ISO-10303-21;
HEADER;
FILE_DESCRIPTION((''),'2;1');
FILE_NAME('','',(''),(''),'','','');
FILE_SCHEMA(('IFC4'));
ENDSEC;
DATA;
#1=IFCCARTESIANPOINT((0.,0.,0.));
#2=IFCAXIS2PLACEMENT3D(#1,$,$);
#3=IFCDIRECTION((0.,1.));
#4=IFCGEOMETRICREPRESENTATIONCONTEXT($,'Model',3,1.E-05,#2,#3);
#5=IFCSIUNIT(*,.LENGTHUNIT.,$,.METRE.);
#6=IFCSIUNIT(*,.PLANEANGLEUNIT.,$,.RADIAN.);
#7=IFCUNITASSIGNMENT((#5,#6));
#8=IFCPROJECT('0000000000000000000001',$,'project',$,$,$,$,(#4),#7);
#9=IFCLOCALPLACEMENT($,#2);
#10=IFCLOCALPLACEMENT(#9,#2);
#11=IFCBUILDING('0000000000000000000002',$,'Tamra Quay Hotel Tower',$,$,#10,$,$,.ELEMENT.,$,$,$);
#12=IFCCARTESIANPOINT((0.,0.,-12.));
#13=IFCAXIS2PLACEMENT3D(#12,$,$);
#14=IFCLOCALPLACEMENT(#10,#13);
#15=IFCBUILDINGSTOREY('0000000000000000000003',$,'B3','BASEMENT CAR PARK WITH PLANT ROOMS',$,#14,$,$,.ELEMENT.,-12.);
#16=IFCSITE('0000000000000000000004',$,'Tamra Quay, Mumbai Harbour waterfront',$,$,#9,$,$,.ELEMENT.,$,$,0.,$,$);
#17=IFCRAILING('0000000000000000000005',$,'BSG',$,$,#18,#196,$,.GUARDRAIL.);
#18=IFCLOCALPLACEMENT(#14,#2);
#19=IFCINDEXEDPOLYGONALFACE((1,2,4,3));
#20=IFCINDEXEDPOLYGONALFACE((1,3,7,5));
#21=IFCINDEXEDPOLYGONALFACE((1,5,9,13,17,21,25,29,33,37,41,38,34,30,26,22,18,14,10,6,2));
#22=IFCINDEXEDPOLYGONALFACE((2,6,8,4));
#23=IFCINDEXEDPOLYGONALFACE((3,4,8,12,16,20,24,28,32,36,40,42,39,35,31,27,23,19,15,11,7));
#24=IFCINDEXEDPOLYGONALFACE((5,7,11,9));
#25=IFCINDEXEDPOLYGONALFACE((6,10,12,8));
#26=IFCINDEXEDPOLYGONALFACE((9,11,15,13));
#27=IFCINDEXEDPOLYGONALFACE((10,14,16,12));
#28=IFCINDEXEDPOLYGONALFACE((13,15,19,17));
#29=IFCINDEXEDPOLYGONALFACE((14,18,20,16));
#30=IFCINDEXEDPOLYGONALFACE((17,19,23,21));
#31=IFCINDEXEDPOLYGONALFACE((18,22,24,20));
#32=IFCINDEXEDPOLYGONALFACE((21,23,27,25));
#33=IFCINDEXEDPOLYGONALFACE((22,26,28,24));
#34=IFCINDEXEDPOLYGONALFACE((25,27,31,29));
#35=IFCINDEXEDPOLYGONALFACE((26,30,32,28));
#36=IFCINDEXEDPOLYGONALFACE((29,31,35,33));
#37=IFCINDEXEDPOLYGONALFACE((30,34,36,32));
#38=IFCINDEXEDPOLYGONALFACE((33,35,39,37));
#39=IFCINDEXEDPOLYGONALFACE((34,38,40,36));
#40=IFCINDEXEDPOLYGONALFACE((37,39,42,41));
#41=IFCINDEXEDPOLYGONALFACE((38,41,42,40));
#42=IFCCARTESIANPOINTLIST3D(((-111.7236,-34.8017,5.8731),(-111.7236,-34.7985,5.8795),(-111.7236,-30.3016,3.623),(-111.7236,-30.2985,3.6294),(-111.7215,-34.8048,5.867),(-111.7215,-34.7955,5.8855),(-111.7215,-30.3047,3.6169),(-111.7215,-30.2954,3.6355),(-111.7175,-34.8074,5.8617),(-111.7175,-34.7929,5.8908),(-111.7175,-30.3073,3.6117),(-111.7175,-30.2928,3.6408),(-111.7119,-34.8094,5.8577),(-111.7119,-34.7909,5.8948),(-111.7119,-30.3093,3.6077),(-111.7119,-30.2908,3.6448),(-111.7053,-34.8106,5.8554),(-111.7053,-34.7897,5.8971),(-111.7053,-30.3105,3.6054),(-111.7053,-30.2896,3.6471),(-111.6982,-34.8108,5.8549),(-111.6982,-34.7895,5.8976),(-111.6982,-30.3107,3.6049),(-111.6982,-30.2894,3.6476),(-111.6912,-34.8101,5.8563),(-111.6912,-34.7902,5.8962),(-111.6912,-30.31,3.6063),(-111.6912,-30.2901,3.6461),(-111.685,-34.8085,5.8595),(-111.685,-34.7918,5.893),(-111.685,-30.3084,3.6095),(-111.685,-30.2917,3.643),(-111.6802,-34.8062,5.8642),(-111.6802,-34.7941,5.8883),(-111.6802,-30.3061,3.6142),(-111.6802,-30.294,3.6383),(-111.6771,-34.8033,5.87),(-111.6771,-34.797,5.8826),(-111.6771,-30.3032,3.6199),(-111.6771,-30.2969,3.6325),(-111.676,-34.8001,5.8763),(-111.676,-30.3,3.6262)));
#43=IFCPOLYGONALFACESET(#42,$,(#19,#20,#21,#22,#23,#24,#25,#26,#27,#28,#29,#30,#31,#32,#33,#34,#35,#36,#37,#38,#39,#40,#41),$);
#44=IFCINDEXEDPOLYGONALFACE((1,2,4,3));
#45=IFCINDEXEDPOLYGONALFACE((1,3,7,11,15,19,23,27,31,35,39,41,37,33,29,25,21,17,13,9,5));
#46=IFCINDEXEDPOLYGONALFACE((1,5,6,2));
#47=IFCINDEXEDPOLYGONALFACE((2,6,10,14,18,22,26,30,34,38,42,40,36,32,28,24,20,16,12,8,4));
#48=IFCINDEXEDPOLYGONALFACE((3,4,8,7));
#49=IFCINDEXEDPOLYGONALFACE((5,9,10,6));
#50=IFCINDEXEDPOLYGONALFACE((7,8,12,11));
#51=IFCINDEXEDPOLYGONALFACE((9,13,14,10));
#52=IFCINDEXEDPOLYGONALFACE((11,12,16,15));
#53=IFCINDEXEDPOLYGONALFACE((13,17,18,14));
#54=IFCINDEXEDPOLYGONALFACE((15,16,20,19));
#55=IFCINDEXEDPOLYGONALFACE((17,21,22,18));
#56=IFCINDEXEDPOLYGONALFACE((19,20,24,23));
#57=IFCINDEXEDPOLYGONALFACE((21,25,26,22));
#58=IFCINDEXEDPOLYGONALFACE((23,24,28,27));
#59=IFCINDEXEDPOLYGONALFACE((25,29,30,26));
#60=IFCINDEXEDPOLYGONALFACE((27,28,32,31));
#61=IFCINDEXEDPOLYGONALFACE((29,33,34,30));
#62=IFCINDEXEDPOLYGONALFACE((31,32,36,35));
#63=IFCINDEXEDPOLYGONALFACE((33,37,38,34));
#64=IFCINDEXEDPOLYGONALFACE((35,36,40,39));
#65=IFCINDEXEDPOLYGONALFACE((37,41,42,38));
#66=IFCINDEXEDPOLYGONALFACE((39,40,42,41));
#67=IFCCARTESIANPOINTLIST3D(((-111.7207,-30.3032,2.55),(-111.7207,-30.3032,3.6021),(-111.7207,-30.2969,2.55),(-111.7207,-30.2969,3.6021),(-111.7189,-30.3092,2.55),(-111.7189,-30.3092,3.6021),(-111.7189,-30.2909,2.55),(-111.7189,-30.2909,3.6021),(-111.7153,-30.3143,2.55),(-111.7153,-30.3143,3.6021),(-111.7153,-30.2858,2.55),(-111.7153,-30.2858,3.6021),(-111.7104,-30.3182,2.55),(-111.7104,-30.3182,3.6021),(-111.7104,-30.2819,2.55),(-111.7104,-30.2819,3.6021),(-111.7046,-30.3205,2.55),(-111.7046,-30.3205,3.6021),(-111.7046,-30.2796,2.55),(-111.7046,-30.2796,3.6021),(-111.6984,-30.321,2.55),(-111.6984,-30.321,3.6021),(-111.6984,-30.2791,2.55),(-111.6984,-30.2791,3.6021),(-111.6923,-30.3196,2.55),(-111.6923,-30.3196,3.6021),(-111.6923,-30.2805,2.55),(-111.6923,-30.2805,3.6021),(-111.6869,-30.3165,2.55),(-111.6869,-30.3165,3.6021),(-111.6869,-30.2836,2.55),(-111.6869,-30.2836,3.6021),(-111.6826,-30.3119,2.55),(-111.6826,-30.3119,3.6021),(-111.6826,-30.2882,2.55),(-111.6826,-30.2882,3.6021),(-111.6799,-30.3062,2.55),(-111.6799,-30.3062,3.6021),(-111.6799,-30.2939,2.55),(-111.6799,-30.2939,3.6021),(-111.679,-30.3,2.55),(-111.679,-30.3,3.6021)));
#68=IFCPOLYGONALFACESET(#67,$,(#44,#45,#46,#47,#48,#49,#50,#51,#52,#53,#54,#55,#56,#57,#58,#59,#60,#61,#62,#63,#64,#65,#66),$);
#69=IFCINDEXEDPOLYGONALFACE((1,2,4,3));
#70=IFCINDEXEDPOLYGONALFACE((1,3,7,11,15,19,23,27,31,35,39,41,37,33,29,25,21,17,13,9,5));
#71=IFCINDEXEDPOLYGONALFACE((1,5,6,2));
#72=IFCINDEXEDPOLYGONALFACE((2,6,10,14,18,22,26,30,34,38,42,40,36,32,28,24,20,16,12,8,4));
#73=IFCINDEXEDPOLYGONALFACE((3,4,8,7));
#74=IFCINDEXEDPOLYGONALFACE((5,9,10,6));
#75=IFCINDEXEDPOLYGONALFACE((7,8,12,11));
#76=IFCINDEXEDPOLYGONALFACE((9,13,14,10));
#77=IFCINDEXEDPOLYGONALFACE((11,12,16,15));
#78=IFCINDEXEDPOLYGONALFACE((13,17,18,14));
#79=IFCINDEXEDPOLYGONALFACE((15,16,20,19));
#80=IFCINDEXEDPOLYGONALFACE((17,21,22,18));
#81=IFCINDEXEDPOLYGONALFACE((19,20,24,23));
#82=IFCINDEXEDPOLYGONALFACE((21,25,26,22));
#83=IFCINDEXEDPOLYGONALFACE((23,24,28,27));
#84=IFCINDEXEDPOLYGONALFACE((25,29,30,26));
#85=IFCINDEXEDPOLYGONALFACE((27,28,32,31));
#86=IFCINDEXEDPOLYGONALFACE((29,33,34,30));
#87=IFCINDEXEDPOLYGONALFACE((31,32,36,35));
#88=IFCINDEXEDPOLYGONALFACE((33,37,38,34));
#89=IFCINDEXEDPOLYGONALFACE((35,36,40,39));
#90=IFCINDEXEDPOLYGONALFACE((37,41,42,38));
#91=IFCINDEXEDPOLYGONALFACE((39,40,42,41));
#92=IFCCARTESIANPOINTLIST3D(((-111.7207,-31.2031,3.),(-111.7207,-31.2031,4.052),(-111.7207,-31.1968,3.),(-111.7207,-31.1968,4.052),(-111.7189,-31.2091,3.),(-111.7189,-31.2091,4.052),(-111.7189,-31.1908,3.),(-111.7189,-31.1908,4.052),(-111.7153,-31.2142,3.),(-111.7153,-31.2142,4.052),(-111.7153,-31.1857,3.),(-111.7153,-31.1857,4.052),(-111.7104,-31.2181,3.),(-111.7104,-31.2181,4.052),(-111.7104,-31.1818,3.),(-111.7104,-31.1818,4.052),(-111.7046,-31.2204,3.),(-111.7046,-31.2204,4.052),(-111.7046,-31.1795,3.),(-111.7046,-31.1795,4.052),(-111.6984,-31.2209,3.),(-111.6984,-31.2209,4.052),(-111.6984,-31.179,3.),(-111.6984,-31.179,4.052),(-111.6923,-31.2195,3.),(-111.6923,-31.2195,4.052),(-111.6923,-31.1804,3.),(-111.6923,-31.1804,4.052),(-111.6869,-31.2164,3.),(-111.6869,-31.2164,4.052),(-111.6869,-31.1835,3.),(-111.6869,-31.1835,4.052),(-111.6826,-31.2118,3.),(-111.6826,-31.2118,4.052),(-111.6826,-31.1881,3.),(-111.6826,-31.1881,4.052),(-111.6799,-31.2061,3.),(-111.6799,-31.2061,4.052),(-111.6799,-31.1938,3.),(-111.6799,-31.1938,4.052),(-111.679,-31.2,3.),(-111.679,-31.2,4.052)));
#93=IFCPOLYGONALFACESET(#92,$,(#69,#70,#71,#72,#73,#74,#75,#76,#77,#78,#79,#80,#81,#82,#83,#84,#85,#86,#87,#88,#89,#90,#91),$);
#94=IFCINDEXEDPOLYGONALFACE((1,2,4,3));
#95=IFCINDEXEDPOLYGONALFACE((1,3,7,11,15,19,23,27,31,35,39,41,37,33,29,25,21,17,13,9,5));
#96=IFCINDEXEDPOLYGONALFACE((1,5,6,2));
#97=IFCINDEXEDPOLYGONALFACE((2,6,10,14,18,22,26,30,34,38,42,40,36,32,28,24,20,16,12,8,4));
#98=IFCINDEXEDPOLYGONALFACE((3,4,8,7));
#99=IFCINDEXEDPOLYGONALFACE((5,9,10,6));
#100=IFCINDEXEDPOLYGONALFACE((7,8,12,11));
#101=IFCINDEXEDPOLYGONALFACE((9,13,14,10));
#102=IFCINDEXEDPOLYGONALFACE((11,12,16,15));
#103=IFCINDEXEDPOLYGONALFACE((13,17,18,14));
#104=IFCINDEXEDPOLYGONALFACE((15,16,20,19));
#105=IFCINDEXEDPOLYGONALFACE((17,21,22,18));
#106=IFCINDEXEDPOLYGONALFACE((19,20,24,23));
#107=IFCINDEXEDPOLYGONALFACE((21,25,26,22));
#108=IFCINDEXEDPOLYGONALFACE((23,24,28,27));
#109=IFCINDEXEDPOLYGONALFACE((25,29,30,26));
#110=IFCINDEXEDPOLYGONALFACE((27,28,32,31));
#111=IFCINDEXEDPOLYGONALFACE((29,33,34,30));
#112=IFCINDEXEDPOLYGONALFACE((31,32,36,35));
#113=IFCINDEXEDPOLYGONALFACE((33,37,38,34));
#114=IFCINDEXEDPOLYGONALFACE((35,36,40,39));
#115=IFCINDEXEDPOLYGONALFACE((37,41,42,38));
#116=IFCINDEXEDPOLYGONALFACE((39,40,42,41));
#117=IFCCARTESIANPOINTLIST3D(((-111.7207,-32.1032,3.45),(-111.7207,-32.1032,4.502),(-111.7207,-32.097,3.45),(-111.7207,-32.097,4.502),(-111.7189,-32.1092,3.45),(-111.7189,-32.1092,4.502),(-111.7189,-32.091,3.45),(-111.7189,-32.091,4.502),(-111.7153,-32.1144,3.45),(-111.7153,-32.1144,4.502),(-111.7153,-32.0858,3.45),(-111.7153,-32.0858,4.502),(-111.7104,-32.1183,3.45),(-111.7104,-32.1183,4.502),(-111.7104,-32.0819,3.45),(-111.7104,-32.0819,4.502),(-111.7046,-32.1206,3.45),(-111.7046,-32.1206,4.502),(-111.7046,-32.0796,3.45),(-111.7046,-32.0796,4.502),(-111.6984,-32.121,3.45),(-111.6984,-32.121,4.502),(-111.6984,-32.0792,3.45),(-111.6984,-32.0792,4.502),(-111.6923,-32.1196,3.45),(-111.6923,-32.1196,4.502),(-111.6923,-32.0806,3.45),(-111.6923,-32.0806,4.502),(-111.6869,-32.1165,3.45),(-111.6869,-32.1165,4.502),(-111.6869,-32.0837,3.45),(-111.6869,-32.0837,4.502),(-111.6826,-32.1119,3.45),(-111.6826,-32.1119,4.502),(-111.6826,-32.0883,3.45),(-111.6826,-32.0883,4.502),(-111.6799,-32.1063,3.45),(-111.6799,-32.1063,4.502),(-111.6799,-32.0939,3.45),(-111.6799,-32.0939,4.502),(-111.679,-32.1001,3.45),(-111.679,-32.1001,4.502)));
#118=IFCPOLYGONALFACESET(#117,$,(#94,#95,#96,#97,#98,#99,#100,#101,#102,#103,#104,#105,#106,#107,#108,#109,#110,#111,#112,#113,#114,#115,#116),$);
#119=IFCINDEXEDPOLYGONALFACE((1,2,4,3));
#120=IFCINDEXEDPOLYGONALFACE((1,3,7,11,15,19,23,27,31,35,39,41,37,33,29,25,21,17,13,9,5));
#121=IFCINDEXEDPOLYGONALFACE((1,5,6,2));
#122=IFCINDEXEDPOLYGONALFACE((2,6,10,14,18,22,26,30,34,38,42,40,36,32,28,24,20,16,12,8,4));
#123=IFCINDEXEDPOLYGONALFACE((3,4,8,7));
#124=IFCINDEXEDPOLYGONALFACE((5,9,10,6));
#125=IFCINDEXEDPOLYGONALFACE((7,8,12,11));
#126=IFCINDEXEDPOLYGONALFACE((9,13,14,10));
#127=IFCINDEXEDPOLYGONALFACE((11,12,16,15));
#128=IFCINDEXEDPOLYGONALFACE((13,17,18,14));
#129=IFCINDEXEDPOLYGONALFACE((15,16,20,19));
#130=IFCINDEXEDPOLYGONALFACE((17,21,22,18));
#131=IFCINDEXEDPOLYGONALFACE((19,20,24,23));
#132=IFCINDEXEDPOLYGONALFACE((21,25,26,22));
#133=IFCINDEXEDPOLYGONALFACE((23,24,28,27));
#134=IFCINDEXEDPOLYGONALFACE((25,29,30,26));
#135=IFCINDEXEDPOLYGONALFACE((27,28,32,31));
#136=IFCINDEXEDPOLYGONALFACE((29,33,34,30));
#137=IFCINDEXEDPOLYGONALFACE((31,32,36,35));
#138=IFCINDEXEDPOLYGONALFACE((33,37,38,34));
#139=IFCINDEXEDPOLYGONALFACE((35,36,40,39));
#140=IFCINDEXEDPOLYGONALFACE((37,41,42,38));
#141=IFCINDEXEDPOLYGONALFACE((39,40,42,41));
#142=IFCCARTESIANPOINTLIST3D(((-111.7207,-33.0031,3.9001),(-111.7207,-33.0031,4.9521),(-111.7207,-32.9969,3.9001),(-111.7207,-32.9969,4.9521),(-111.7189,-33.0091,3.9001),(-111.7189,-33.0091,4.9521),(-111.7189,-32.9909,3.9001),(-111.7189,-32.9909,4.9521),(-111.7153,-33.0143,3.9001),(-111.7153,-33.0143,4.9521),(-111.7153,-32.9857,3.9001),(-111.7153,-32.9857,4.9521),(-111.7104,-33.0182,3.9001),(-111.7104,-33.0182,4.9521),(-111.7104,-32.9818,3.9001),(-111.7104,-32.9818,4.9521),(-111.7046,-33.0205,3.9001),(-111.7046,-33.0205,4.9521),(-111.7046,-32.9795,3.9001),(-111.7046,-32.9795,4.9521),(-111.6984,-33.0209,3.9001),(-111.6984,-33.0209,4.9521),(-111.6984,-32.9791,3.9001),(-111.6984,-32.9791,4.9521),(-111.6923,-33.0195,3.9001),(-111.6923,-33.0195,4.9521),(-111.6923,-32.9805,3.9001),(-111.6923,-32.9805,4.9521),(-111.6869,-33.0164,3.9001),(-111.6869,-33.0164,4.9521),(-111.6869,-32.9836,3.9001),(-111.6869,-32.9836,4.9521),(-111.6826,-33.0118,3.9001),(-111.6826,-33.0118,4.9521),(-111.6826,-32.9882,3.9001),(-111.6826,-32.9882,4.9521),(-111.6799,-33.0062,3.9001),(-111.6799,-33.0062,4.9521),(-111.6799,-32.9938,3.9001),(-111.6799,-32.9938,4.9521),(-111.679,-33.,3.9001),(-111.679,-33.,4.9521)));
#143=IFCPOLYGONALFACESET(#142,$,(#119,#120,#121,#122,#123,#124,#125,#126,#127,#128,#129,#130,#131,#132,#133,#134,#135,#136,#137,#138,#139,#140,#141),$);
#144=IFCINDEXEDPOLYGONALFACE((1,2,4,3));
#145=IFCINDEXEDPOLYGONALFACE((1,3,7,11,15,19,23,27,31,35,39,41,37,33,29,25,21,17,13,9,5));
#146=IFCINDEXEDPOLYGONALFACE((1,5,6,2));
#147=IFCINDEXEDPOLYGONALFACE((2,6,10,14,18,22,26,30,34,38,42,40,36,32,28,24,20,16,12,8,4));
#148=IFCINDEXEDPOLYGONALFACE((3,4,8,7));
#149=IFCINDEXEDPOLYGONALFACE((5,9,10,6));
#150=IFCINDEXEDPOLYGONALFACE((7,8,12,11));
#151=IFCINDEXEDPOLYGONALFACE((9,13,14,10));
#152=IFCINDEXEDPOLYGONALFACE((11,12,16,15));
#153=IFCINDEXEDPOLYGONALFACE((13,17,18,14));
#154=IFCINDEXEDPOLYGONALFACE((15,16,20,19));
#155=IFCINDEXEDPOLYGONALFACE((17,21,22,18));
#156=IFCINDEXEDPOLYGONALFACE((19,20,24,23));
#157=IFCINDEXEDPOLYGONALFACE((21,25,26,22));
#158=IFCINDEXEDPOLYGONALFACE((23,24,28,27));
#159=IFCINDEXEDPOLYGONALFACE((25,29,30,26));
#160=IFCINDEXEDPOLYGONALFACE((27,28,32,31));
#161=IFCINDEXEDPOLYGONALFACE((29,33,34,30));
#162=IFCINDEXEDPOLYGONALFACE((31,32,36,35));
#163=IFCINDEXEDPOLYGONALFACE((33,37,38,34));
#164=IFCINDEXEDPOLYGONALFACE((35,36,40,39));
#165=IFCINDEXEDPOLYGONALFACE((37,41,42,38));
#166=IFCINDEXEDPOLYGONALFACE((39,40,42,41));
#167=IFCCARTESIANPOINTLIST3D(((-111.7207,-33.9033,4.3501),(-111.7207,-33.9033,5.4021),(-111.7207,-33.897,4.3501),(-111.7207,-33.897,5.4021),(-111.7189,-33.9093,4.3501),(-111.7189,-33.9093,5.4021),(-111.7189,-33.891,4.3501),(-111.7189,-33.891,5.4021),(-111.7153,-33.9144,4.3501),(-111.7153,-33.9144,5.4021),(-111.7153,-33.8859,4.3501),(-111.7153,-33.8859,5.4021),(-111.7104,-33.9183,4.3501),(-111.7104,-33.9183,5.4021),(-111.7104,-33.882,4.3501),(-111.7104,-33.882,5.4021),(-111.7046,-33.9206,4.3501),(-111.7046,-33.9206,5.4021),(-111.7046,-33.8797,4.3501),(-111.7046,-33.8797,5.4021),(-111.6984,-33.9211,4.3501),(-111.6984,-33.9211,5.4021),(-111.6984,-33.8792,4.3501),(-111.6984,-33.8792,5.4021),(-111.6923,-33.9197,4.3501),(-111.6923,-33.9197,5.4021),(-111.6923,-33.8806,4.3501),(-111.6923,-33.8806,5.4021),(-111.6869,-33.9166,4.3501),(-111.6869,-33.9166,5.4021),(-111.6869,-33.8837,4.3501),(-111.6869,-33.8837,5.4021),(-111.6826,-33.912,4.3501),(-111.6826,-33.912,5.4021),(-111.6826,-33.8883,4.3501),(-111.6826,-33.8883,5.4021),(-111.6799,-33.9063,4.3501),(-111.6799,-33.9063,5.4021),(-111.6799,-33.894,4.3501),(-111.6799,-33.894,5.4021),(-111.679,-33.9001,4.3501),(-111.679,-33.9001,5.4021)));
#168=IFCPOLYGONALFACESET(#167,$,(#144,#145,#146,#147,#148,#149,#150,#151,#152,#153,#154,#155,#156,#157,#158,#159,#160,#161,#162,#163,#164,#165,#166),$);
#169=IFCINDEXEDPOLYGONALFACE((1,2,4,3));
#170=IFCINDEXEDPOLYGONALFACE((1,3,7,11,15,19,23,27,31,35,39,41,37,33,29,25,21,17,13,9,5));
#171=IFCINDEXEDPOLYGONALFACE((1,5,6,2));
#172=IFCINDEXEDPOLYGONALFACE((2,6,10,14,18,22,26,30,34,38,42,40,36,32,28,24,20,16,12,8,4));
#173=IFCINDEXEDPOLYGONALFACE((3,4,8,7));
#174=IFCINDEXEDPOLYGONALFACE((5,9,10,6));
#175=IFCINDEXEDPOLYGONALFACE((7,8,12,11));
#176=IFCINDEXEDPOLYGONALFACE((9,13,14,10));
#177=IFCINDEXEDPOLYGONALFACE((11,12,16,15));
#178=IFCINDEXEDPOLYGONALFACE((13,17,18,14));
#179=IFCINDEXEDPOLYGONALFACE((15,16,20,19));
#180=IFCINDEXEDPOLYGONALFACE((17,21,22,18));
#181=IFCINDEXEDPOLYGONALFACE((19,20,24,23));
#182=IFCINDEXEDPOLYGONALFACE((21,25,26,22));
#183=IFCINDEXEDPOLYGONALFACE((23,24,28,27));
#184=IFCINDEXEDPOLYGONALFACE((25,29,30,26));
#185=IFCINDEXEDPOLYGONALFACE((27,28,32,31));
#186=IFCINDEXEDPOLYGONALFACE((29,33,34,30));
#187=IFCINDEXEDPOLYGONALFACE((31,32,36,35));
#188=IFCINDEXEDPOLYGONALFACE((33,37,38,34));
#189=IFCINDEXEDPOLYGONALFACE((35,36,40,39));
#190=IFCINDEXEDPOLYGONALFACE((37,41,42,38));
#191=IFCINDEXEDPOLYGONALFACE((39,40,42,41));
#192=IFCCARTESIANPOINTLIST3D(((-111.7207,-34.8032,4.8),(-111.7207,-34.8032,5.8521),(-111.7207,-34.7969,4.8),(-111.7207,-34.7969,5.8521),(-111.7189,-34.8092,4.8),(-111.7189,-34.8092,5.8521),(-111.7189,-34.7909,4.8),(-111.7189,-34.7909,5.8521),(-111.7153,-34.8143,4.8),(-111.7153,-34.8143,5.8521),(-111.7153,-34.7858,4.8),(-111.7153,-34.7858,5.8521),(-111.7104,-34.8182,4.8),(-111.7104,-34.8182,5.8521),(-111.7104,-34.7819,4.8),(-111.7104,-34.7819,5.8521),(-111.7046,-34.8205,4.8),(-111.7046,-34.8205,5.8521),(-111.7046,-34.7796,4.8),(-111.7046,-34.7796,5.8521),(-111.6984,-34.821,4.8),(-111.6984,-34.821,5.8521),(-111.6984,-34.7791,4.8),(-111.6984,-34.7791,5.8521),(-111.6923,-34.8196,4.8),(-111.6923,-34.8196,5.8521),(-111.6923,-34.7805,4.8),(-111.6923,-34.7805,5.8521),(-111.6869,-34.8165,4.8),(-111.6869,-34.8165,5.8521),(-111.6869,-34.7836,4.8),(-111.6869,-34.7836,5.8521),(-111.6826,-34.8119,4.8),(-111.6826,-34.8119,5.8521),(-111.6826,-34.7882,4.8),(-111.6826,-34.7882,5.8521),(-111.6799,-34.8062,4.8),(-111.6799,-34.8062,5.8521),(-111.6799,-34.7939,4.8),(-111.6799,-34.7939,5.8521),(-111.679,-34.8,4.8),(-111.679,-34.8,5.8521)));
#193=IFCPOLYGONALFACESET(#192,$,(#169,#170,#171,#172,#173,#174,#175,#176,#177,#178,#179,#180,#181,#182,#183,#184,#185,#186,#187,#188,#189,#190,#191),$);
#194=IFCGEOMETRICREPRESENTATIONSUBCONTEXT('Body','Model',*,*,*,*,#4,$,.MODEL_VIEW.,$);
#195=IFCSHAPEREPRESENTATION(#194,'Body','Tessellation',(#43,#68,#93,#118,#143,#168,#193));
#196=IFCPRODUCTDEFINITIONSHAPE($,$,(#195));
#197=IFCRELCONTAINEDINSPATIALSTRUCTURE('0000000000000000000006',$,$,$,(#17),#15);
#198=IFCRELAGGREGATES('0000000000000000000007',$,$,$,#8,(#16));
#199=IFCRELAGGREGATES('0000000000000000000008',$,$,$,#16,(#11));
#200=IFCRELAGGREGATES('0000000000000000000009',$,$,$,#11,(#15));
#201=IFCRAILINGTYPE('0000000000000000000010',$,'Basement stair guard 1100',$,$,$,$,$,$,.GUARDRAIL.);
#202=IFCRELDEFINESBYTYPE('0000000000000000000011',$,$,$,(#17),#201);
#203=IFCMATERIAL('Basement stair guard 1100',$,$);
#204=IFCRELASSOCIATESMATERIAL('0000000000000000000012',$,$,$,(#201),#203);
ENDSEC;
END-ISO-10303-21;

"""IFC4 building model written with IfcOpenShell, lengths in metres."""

from ifc_helpers import new_model, si_unit, direction, frame, origin, origin_2d, place, context, subcontext, project, spatial, circle, extrude, material, type_object, element, save


model = new_model("IFC4")

# Units and contexts
model_context = context("Model", 3, precision=1e-05, world=origin(), true_north=direction((0.0, 1.0)))
body_context = subcontext(model_context, "Body", "Model", "MODEL_VIEW")
ifc_project = project(units=[si_unit("LENGTHUNIT", "METRE"), si_unit("PLANEANGLEUNIT", "RADIAN")], contexts=[model_context])

# Site, building, storey
site_placement = place(None, origin())
site = spatial("IfcSite", under=ifc_project, at=site_placement, Name="Tamra Quay, Mumbai Harbour waterfront", CompositionType="ELEMENT", RefElevation=0.0)
building_placement = place(site_placement, origin())
building = spatial("IfcBuilding", under=site, at=building_placement, Name="Tamra Quay Hotel Tower", CompositionType="ELEMENT")
storey_placement = place(building_placement, frame((0.0, 0.0, -12.0)))
storey = spatial("IfcBuildingStorey", under=building, at=storey_placement, Name="B3", Description="BASEMENT CAR PARK WITH PLANT ROOMS", CompositionType="ELEMENT", Elevation=-12.0)

# Railing
ifc_material_1 = material(Name="Basement stair guard 1100")
railing_type_1 = type_object("IfcRailingType", Name="Basement stair guard 1100", PredefinedType="GUARDRAIL", material=ifc_material_1)
railing_1_placement = place(storey_placement, frame((-111.7, -30.3, 2.55)))
element("IfcRailing", 1, at=railing_1_placement, inside=storey, type_object=railing_type_1, Name="BSG", PredefinedType="GUARDRAIL", context=body_context, shape_type="SweptSolid", body=[
    extrude(circle(Radius=0.0239, at=origin_2d()), frame((0.0, 0.0, 1.0762), z_axis=(0.0, -0.894427, 0.447214), x_axis=(1.0, 0.0, 0.0)), (0.0, 0.0, 1.0), 5.0312),
    extrude(circle(Radius=0.021, at=origin_2d()), origin(), (0.0, 0.0, 1.0), 1.052),
    extrude(circle(Radius=0.021, at=origin_2d()), frame((0.0, -0.8999, 0.45)), (0.0, 0.0, 1.0), 1.052),
    extrude(circle(Radius=0.021, at=origin_2d()), frame((0.0, -1.8, 0.8999)), (0.0, 0.0, 1.0), 1.052),
    extrude(circle(Radius=0.021, at=origin_2d()), frame((0.0, -2.7, 1.3501)), (0.0, 0.0, 1.0), 1.052),
    extrude(circle(Radius=0.021, at=origin_2d()), frame((0.0, -3.6001, 1.8)), (0.0, 0.0, 1.0), 1.052),
    extrude(circle(Radius=0.021, at=origin_2d()), frame((0.0, -4.5, 2.25)), (0.0, 0.0, 1.0), 1.052),
])

save(model, "model.ifc")
